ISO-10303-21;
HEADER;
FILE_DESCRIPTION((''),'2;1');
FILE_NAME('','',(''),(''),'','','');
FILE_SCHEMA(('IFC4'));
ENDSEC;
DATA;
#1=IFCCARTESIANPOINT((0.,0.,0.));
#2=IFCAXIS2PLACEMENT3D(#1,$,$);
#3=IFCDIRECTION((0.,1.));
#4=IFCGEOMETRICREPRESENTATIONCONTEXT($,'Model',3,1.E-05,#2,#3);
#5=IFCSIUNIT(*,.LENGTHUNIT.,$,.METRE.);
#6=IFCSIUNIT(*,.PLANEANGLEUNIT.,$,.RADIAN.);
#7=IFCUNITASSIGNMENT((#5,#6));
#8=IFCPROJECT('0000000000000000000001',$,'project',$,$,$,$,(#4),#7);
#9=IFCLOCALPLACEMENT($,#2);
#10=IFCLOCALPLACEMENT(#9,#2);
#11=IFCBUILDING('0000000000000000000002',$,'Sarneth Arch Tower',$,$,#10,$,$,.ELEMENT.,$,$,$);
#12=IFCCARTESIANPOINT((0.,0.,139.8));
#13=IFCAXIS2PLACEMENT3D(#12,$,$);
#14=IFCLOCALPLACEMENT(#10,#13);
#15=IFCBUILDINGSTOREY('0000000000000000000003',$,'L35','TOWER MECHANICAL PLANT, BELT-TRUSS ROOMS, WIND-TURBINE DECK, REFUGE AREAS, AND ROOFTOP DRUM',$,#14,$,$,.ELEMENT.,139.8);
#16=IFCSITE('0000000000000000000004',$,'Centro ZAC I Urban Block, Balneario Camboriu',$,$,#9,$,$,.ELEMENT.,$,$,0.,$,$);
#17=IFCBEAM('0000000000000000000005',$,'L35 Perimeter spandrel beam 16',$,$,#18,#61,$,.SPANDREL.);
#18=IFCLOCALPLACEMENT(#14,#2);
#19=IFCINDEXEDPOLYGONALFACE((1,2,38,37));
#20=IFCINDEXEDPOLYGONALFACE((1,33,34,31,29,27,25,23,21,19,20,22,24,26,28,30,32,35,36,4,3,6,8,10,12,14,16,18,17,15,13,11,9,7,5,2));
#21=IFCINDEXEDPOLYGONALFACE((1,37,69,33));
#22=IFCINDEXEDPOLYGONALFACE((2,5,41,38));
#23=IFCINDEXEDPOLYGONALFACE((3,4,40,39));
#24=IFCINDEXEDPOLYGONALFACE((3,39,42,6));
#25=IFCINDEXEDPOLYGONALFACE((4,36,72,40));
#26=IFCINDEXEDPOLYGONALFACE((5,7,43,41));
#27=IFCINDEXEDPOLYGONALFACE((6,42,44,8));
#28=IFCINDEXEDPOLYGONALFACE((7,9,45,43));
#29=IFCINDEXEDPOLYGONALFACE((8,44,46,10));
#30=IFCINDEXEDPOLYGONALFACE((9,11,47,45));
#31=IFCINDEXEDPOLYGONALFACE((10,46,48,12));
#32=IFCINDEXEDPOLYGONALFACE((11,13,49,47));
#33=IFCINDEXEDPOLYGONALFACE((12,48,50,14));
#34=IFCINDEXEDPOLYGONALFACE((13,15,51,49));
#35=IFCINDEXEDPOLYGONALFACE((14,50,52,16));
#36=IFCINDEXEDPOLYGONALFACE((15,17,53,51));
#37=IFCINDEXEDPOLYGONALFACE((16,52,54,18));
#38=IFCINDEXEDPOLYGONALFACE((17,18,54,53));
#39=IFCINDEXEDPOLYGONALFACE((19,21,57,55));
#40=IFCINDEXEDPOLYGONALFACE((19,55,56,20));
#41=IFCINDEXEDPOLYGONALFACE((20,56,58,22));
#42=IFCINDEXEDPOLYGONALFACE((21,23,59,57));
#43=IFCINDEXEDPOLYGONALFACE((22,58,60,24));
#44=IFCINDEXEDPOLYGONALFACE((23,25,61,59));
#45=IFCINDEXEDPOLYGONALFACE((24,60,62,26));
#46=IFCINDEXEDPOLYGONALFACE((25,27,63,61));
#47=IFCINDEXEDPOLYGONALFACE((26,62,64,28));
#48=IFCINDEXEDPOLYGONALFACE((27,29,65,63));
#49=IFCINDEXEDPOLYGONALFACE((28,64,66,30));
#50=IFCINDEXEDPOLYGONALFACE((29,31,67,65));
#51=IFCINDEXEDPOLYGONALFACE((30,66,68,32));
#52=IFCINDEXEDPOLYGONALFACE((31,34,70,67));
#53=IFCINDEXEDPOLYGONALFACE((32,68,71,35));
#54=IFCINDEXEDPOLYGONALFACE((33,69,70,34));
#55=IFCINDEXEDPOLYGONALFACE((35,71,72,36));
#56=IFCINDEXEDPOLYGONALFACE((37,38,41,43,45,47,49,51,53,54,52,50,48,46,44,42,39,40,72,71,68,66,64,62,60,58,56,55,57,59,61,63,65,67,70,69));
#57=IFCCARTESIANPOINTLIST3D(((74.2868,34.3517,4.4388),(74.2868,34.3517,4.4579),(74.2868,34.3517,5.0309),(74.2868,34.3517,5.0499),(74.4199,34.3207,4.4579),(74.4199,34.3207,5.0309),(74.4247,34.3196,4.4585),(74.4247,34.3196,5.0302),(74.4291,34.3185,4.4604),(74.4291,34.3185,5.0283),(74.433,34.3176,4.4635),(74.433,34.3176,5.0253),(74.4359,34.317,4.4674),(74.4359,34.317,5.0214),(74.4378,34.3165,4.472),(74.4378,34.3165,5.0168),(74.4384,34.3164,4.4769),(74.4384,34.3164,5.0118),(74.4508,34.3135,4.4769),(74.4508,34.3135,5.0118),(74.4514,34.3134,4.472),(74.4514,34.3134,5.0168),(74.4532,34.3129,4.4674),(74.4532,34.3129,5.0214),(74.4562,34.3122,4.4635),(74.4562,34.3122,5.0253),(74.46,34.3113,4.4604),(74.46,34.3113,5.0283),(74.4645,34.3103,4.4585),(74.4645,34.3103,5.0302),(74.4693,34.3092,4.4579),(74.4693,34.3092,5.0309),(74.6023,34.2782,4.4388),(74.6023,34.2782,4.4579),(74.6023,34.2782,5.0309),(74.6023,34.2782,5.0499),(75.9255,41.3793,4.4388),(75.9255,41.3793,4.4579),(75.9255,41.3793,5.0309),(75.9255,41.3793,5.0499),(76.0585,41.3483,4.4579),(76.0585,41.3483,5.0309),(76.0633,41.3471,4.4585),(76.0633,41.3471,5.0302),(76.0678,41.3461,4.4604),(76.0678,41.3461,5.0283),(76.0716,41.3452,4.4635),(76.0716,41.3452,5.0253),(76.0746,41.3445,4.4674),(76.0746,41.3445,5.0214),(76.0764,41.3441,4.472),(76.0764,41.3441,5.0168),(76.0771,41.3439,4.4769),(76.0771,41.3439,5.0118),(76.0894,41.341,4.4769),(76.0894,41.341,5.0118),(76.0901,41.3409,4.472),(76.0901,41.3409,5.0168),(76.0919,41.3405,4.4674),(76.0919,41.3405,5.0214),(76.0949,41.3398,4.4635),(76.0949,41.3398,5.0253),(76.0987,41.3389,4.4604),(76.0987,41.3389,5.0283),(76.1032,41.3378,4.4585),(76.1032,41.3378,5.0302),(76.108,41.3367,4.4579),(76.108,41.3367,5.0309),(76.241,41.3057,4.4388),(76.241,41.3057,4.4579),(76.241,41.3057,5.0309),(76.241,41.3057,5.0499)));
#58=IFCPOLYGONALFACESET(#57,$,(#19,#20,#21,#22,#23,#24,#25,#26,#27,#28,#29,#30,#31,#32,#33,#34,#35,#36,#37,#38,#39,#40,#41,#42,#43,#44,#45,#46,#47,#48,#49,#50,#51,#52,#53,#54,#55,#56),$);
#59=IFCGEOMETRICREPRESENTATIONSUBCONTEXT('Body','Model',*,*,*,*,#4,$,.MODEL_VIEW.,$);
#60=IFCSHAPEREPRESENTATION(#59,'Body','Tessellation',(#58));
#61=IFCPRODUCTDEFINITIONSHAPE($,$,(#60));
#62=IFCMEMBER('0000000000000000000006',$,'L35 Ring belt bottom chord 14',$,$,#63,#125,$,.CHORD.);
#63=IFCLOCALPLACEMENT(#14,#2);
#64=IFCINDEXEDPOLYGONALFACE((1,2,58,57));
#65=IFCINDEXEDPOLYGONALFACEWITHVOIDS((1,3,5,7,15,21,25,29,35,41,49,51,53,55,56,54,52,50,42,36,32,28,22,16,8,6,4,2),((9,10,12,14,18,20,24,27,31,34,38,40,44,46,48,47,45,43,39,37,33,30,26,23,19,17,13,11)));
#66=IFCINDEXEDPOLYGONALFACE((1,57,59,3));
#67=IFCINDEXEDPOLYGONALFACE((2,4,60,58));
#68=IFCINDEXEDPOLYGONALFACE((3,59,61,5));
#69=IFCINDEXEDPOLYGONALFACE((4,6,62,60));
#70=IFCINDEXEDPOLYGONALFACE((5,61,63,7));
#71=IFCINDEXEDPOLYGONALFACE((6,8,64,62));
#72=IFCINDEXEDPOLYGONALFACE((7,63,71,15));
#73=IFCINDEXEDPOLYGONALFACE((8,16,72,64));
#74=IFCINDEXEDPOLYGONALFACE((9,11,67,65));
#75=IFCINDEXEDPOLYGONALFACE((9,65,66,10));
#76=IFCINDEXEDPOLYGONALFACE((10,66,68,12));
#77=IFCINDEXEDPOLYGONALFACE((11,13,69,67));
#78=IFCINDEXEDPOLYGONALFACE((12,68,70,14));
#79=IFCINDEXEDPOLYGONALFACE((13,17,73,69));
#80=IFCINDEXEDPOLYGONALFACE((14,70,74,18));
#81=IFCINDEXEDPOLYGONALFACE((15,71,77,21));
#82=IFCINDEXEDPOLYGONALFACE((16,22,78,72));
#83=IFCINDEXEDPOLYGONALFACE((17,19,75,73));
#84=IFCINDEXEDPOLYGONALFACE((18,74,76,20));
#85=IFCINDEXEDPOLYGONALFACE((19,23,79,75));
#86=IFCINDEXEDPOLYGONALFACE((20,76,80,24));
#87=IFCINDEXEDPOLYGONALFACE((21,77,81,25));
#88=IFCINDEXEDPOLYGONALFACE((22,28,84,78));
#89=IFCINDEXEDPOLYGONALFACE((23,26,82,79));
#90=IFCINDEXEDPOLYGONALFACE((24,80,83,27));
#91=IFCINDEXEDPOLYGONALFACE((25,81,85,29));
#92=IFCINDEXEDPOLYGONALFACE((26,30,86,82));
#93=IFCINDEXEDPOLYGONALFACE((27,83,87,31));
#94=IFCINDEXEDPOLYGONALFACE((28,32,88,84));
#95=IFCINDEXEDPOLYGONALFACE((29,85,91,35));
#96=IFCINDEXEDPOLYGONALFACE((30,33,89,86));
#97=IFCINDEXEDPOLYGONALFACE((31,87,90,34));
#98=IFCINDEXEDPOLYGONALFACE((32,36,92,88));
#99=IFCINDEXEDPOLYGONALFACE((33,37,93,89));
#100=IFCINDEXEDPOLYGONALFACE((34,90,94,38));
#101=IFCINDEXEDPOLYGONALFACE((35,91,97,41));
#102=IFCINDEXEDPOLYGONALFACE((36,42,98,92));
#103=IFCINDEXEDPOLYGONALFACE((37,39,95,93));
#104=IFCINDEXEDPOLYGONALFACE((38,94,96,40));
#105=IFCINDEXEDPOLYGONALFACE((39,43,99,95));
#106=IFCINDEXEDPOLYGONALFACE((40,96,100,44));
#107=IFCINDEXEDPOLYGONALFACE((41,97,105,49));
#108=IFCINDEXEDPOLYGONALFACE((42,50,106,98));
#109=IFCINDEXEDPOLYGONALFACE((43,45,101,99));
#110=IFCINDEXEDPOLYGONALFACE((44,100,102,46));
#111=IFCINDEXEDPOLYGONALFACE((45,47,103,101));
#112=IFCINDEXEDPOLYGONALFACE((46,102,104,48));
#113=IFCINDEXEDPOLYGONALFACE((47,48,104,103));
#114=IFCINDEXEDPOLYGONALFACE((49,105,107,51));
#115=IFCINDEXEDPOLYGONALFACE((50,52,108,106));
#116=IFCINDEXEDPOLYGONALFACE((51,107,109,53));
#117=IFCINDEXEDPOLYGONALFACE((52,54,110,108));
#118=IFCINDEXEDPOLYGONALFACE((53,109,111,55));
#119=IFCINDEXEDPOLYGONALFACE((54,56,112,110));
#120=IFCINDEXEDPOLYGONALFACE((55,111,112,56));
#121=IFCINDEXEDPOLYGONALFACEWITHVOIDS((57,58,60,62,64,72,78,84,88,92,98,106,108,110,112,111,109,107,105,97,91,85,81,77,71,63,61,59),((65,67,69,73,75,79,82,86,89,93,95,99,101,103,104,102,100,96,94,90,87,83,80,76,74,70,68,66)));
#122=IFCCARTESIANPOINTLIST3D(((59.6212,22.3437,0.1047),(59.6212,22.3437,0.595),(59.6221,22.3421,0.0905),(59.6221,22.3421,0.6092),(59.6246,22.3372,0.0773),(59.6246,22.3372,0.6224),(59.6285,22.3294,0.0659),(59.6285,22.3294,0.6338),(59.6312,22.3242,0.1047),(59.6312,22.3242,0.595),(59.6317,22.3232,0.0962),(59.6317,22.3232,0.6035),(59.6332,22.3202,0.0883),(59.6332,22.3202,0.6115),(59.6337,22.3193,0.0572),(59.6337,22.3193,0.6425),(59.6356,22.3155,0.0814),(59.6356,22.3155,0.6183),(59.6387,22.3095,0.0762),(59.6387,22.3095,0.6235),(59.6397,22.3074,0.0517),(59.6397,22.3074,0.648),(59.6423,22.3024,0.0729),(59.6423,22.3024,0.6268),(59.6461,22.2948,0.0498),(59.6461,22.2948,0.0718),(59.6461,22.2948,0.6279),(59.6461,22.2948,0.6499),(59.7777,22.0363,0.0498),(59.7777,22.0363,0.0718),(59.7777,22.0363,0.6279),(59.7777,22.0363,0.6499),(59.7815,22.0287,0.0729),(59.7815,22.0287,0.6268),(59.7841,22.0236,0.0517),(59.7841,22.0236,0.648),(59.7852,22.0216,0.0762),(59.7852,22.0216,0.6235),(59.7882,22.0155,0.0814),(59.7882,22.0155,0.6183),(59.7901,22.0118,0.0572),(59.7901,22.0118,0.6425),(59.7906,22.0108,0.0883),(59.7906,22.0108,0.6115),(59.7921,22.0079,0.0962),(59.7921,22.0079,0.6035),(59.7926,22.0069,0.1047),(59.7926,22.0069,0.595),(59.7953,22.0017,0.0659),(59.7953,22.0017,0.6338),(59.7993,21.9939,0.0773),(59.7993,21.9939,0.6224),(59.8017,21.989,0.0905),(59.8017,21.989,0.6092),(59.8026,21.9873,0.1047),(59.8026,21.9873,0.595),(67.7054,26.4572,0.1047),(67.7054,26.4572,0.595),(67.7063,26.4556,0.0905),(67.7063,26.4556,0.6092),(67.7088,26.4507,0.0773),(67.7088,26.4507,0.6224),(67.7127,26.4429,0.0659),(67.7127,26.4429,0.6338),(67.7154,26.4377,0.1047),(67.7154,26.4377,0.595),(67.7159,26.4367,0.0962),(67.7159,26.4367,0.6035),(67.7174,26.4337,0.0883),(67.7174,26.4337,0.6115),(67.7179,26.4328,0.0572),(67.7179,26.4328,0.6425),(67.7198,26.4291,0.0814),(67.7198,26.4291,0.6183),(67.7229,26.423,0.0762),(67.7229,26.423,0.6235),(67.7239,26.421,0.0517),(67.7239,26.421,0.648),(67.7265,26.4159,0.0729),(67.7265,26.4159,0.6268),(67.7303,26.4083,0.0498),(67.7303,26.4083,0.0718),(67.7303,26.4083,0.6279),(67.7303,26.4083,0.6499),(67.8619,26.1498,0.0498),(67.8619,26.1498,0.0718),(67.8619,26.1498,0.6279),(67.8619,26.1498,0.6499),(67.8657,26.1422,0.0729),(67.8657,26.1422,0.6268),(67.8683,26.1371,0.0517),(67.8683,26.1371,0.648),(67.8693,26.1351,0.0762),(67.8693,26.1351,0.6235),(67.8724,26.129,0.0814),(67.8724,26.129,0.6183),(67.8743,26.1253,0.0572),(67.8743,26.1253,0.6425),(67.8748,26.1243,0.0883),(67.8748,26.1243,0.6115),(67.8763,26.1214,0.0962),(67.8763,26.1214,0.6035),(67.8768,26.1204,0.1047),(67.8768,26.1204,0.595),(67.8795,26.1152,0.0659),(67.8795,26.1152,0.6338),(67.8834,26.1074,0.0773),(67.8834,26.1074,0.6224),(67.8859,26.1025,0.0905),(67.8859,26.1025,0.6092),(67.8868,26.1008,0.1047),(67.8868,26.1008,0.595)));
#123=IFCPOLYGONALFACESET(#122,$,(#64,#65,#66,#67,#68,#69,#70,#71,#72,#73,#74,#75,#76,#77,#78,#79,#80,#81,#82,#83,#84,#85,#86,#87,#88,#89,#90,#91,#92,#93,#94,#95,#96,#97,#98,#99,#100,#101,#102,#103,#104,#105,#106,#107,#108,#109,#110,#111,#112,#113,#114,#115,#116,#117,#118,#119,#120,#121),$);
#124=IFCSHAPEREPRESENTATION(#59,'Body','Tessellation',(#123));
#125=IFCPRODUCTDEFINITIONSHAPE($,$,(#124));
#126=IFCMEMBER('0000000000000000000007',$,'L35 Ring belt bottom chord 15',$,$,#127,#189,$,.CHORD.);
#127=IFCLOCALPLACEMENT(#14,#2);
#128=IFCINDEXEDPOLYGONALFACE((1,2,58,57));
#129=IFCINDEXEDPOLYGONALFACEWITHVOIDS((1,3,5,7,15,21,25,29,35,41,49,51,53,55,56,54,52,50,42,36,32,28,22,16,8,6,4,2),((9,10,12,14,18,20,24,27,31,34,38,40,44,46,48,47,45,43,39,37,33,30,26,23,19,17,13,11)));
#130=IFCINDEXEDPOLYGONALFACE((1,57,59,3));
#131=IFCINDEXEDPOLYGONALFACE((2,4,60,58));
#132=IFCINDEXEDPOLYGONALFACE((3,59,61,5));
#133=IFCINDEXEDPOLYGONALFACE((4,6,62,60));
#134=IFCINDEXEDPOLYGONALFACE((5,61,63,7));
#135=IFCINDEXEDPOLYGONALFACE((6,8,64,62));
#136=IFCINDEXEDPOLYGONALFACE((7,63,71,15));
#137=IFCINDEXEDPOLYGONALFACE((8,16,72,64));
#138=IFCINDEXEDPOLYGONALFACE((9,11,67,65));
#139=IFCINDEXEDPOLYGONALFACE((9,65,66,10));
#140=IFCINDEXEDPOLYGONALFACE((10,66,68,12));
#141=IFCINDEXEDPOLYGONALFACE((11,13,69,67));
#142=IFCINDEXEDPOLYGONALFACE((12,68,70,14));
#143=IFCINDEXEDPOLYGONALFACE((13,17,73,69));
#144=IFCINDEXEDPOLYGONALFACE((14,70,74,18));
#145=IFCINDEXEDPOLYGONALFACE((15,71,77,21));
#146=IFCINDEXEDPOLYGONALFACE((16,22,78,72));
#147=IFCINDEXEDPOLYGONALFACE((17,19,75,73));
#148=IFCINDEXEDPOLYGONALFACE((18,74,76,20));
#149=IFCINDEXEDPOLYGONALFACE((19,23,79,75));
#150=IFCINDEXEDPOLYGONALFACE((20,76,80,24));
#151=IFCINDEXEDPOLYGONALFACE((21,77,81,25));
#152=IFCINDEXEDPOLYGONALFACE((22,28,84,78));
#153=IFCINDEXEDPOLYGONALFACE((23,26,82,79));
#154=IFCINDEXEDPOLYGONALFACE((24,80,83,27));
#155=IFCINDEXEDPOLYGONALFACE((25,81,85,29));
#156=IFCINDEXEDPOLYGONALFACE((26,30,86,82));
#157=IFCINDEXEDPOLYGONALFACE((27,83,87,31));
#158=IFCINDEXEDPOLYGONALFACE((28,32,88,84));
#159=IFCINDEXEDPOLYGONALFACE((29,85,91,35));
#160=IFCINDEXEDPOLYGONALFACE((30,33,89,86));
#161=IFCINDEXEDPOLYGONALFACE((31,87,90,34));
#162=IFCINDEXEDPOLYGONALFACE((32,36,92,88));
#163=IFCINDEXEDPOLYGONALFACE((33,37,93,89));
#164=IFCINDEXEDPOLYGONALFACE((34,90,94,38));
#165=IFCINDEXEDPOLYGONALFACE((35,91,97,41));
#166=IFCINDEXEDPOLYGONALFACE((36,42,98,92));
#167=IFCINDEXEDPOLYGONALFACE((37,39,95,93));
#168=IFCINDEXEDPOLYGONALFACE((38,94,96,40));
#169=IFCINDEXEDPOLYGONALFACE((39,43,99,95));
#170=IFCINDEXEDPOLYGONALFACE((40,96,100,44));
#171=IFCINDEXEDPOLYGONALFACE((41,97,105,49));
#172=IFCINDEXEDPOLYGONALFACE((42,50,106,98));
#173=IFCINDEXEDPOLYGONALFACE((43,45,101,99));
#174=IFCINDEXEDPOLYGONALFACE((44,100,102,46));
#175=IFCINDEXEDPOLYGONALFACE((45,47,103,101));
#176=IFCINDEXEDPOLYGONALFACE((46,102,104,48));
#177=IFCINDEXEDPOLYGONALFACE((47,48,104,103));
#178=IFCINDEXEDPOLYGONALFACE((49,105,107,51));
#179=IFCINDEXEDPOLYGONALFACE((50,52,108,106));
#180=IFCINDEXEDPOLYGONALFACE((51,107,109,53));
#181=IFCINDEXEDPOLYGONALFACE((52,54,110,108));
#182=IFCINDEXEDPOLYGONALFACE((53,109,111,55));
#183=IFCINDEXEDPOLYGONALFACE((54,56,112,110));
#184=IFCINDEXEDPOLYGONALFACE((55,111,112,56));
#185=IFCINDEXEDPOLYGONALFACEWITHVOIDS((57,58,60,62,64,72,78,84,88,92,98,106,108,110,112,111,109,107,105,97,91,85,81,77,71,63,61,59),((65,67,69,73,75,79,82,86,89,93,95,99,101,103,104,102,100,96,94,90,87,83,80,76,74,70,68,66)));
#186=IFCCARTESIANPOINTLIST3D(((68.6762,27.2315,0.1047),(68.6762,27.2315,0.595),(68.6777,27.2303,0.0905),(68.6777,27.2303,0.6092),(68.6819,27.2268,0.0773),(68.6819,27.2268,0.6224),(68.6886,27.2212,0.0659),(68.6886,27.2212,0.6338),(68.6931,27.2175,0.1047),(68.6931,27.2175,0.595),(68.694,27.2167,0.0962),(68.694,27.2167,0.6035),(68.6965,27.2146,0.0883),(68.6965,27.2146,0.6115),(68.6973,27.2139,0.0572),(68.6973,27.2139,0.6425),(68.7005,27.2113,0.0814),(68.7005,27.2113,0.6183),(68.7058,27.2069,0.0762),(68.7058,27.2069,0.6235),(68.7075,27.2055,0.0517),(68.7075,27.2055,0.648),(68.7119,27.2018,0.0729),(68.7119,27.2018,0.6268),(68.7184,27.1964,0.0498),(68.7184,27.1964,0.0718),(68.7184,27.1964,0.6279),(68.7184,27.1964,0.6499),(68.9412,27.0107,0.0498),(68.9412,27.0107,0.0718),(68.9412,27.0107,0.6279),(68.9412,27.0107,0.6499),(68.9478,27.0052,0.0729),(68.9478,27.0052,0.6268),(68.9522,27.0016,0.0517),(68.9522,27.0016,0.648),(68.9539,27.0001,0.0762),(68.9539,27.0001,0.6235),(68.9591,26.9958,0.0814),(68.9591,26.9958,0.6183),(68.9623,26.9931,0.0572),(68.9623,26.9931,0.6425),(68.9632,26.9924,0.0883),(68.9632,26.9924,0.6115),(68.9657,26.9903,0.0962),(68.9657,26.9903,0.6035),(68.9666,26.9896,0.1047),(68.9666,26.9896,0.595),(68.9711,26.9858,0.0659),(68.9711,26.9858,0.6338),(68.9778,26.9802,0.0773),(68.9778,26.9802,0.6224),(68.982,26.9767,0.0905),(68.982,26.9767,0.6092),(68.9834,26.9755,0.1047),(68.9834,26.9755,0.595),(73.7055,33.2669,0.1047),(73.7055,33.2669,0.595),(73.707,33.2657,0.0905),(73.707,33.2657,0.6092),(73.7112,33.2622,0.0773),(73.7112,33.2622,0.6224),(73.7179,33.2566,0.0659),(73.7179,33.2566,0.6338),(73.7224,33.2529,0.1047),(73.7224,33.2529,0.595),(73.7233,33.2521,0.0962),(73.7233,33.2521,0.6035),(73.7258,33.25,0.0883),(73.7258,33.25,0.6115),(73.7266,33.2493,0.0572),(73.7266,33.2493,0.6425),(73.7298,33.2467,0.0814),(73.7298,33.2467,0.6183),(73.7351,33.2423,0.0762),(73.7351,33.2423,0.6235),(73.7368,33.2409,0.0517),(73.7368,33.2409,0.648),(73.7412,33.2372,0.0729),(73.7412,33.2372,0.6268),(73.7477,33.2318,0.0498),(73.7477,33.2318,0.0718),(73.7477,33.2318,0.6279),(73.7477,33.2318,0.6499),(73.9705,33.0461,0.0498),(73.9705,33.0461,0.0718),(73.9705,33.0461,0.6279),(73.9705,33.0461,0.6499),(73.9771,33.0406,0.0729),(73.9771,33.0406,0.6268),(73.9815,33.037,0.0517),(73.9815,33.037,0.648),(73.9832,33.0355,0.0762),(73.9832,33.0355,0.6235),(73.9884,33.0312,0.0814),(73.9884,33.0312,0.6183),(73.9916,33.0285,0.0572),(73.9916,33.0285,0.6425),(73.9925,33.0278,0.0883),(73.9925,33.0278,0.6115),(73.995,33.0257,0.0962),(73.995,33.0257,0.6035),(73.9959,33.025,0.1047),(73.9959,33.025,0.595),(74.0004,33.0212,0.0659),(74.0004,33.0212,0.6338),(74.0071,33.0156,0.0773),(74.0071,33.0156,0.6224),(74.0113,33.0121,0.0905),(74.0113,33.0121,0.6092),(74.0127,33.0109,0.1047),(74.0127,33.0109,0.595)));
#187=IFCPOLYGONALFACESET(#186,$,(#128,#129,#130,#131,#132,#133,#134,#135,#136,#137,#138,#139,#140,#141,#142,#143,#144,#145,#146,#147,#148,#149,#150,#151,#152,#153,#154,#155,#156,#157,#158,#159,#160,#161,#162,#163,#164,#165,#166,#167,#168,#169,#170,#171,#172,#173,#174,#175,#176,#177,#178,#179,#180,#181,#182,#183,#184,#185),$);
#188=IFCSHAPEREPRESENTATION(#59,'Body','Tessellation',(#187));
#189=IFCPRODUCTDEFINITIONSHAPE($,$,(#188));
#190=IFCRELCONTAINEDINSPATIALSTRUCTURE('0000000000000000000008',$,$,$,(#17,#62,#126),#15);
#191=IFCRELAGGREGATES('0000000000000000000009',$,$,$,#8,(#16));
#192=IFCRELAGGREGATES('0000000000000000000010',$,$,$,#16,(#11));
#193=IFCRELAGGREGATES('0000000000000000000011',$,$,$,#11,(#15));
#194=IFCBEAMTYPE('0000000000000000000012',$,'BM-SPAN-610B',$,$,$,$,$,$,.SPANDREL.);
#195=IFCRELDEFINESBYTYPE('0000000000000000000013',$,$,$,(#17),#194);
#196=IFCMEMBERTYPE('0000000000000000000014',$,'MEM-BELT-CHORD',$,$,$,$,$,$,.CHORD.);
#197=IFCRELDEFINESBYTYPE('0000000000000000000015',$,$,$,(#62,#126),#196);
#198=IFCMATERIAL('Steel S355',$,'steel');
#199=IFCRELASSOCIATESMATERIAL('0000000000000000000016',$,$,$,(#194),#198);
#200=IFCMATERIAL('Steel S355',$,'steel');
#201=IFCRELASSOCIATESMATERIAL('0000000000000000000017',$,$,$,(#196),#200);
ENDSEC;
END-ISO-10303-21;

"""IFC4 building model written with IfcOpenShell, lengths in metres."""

from ifc_helpers import new_model, si_unit, direction, frame, origin, origin_2d, place, context, subcontext, project, spatial, hollow_rectangle, i_section, extrude, material, material_profile, profile_set, type_object, element, save


model = new_model("IFC4")

# Units and contexts
model_context = context("Model", 3, precision=1e-05, world=origin(), true_north=direction((0.0, 1.0)))
body_context = subcontext(model_context, "Body", "Model", "MODEL_VIEW")
ifc_project = project(units=[si_unit("LENGTHUNIT", "METRE"), si_unit("PLANEANGLEUNIT", "RADIAN")], contexts=[model_context])

# Site, building, storey
site_placement = place(None, origin())
site = spatial("IfcSite", under=ifc_project, at=site_placement, Name="Centro ZAC I Urban Block, Balneario Camboriu", CompositionType="ELEMENT", RefElevation=0.0)
building_placement = place(site_placement, origin())
building = spatial("IfcBuilding", under=site, at=building_placement, Name="Sarneth Arch Tower", CompositionType="ELEMENT")
storey_placement = place(building_placement, frame((0.0, 0.0, 139.8)))
storey = spatial("IfcBuildingStorey", under=building, at=storey_placement, Name="L35", Description="TOWER MECHANICAL PLANT, BELT-TRUSS ROOMS, WIND-TURBINE DECK, REFUGE AREAS, AND ROOFTOP DRUM", CompositionType="ELEMENT", Elevation=139.8)

# Beam
ifc_material_1 = material(Name="Steel S355", Category="steel")
ifc_material_profile_1 = material_profile(ifc_material_1, i_section(OverallWidth=0.324, OverallDepth=0.6111, WebThickness=0.0127, FlangeThickness=0.019, FilletRadius=0.019, at=origin_2d()), Name="W610x155")
ifc_profile_set_1 = profile_set([ifc_material_profile_1], Name="Steel S355")
beam_type_1 = type_object("IfcBeamType", Name="BM-SPAN-610B", PredefinedType="SPANDREL", material=ifc_profile_set_1)
beam_1_placement = place(storey_placement, frame((74.4446, 34.3149, 4.7444), z_axis=(0.227085, 0.973875, 0.0), x_axis=(-0.973875, 0.227085, 0.0)))
element("IfcBeam", 1, at=beam_1_placement, inside=storey, type_object=beam_type_1, Name="L35 Perimeter spandrel beam 16", PredefinedType="SPANDREL", context=body_context, shape_type="SweptSolid", body=[
    extrude(i_section(OverallWidth=0.324, OverallDepth=0.6111, WebThickness=0.0127, FlangeThickness=0.019, FilletRadius=0.019, at=origin_2d()), origin(), (0.0, 0.0, 1.0), 7.2161),
])

# Members
ifc_material_2 = material(Name="Steel S355", Category="steel")
ifc_material_profile_2 = material_profile(ifc_material_2, hollow_rectangle(XDim=0.3999, YDim=0.6001, WallThickness=0.022, InnerFilletRadius=0.033, OuterFilletRadius=0.0549, at=origin_2d()), Name="RHS600x400x22")
ifc_profile_set_2 = profile_set([ifc_material_profile_2], Name="Steel S355")
member_type_1 = type_object("IfcMemberType", Name="MEM-BELT-CHORD", PredefinedType="CHORD", material=ifc_profile_set_2)
member_1_placement = place(storey_placement, frame((59.7119, 22.1655, 0.3499), z_axis=(0.891256, 0.453501, 0.0), x_axis=(-0.453501, 0.891256, 0.0)))
element("IfcMember", 2, at=member_1_placement, inside=storey, type_object=member_type_1, Name="L35 Ring belt bottom chord 14", PredefinedType="CHORD", context=body_context, shape_type="SweptSolid", body=[
    extrude(hollow_rectangle(XDim=0.3999, YDim=0.6001, WallThickness=0.022, InnerFilletRadius=0.033, OuterFilletRadius=0.0549, at=origin_2d()), origin(), (0.0, 0.0, 1.0), 9.0706),
])
member_2_placement = place(storey_placement, frame((68.8298, 27.1035, 0.3499), z_axis=(0.640169, 0.768234, 0.0), x_axis=(-0.768234, 0.640169, 0.0)))
element("IfcMember", 3, at=member_2_placement, inside=storey, type_object=member_type_1, Name="L35 Ring belt bottom chord 15", PredefinedType="CHORD", context=body_context, shape_type="SweptSolid", body=[
    extrude(hollow_rectangle(XDim=0.3999, YDim=0.6001, WallThickness=0.022, InnerFilletRadius=0.033, OuterFilletRadius=0.0549, at=origin_2d()), origin(), (0.0, 0.0, 1.0), 7.8562),
])

save(model, "model.ifc")
